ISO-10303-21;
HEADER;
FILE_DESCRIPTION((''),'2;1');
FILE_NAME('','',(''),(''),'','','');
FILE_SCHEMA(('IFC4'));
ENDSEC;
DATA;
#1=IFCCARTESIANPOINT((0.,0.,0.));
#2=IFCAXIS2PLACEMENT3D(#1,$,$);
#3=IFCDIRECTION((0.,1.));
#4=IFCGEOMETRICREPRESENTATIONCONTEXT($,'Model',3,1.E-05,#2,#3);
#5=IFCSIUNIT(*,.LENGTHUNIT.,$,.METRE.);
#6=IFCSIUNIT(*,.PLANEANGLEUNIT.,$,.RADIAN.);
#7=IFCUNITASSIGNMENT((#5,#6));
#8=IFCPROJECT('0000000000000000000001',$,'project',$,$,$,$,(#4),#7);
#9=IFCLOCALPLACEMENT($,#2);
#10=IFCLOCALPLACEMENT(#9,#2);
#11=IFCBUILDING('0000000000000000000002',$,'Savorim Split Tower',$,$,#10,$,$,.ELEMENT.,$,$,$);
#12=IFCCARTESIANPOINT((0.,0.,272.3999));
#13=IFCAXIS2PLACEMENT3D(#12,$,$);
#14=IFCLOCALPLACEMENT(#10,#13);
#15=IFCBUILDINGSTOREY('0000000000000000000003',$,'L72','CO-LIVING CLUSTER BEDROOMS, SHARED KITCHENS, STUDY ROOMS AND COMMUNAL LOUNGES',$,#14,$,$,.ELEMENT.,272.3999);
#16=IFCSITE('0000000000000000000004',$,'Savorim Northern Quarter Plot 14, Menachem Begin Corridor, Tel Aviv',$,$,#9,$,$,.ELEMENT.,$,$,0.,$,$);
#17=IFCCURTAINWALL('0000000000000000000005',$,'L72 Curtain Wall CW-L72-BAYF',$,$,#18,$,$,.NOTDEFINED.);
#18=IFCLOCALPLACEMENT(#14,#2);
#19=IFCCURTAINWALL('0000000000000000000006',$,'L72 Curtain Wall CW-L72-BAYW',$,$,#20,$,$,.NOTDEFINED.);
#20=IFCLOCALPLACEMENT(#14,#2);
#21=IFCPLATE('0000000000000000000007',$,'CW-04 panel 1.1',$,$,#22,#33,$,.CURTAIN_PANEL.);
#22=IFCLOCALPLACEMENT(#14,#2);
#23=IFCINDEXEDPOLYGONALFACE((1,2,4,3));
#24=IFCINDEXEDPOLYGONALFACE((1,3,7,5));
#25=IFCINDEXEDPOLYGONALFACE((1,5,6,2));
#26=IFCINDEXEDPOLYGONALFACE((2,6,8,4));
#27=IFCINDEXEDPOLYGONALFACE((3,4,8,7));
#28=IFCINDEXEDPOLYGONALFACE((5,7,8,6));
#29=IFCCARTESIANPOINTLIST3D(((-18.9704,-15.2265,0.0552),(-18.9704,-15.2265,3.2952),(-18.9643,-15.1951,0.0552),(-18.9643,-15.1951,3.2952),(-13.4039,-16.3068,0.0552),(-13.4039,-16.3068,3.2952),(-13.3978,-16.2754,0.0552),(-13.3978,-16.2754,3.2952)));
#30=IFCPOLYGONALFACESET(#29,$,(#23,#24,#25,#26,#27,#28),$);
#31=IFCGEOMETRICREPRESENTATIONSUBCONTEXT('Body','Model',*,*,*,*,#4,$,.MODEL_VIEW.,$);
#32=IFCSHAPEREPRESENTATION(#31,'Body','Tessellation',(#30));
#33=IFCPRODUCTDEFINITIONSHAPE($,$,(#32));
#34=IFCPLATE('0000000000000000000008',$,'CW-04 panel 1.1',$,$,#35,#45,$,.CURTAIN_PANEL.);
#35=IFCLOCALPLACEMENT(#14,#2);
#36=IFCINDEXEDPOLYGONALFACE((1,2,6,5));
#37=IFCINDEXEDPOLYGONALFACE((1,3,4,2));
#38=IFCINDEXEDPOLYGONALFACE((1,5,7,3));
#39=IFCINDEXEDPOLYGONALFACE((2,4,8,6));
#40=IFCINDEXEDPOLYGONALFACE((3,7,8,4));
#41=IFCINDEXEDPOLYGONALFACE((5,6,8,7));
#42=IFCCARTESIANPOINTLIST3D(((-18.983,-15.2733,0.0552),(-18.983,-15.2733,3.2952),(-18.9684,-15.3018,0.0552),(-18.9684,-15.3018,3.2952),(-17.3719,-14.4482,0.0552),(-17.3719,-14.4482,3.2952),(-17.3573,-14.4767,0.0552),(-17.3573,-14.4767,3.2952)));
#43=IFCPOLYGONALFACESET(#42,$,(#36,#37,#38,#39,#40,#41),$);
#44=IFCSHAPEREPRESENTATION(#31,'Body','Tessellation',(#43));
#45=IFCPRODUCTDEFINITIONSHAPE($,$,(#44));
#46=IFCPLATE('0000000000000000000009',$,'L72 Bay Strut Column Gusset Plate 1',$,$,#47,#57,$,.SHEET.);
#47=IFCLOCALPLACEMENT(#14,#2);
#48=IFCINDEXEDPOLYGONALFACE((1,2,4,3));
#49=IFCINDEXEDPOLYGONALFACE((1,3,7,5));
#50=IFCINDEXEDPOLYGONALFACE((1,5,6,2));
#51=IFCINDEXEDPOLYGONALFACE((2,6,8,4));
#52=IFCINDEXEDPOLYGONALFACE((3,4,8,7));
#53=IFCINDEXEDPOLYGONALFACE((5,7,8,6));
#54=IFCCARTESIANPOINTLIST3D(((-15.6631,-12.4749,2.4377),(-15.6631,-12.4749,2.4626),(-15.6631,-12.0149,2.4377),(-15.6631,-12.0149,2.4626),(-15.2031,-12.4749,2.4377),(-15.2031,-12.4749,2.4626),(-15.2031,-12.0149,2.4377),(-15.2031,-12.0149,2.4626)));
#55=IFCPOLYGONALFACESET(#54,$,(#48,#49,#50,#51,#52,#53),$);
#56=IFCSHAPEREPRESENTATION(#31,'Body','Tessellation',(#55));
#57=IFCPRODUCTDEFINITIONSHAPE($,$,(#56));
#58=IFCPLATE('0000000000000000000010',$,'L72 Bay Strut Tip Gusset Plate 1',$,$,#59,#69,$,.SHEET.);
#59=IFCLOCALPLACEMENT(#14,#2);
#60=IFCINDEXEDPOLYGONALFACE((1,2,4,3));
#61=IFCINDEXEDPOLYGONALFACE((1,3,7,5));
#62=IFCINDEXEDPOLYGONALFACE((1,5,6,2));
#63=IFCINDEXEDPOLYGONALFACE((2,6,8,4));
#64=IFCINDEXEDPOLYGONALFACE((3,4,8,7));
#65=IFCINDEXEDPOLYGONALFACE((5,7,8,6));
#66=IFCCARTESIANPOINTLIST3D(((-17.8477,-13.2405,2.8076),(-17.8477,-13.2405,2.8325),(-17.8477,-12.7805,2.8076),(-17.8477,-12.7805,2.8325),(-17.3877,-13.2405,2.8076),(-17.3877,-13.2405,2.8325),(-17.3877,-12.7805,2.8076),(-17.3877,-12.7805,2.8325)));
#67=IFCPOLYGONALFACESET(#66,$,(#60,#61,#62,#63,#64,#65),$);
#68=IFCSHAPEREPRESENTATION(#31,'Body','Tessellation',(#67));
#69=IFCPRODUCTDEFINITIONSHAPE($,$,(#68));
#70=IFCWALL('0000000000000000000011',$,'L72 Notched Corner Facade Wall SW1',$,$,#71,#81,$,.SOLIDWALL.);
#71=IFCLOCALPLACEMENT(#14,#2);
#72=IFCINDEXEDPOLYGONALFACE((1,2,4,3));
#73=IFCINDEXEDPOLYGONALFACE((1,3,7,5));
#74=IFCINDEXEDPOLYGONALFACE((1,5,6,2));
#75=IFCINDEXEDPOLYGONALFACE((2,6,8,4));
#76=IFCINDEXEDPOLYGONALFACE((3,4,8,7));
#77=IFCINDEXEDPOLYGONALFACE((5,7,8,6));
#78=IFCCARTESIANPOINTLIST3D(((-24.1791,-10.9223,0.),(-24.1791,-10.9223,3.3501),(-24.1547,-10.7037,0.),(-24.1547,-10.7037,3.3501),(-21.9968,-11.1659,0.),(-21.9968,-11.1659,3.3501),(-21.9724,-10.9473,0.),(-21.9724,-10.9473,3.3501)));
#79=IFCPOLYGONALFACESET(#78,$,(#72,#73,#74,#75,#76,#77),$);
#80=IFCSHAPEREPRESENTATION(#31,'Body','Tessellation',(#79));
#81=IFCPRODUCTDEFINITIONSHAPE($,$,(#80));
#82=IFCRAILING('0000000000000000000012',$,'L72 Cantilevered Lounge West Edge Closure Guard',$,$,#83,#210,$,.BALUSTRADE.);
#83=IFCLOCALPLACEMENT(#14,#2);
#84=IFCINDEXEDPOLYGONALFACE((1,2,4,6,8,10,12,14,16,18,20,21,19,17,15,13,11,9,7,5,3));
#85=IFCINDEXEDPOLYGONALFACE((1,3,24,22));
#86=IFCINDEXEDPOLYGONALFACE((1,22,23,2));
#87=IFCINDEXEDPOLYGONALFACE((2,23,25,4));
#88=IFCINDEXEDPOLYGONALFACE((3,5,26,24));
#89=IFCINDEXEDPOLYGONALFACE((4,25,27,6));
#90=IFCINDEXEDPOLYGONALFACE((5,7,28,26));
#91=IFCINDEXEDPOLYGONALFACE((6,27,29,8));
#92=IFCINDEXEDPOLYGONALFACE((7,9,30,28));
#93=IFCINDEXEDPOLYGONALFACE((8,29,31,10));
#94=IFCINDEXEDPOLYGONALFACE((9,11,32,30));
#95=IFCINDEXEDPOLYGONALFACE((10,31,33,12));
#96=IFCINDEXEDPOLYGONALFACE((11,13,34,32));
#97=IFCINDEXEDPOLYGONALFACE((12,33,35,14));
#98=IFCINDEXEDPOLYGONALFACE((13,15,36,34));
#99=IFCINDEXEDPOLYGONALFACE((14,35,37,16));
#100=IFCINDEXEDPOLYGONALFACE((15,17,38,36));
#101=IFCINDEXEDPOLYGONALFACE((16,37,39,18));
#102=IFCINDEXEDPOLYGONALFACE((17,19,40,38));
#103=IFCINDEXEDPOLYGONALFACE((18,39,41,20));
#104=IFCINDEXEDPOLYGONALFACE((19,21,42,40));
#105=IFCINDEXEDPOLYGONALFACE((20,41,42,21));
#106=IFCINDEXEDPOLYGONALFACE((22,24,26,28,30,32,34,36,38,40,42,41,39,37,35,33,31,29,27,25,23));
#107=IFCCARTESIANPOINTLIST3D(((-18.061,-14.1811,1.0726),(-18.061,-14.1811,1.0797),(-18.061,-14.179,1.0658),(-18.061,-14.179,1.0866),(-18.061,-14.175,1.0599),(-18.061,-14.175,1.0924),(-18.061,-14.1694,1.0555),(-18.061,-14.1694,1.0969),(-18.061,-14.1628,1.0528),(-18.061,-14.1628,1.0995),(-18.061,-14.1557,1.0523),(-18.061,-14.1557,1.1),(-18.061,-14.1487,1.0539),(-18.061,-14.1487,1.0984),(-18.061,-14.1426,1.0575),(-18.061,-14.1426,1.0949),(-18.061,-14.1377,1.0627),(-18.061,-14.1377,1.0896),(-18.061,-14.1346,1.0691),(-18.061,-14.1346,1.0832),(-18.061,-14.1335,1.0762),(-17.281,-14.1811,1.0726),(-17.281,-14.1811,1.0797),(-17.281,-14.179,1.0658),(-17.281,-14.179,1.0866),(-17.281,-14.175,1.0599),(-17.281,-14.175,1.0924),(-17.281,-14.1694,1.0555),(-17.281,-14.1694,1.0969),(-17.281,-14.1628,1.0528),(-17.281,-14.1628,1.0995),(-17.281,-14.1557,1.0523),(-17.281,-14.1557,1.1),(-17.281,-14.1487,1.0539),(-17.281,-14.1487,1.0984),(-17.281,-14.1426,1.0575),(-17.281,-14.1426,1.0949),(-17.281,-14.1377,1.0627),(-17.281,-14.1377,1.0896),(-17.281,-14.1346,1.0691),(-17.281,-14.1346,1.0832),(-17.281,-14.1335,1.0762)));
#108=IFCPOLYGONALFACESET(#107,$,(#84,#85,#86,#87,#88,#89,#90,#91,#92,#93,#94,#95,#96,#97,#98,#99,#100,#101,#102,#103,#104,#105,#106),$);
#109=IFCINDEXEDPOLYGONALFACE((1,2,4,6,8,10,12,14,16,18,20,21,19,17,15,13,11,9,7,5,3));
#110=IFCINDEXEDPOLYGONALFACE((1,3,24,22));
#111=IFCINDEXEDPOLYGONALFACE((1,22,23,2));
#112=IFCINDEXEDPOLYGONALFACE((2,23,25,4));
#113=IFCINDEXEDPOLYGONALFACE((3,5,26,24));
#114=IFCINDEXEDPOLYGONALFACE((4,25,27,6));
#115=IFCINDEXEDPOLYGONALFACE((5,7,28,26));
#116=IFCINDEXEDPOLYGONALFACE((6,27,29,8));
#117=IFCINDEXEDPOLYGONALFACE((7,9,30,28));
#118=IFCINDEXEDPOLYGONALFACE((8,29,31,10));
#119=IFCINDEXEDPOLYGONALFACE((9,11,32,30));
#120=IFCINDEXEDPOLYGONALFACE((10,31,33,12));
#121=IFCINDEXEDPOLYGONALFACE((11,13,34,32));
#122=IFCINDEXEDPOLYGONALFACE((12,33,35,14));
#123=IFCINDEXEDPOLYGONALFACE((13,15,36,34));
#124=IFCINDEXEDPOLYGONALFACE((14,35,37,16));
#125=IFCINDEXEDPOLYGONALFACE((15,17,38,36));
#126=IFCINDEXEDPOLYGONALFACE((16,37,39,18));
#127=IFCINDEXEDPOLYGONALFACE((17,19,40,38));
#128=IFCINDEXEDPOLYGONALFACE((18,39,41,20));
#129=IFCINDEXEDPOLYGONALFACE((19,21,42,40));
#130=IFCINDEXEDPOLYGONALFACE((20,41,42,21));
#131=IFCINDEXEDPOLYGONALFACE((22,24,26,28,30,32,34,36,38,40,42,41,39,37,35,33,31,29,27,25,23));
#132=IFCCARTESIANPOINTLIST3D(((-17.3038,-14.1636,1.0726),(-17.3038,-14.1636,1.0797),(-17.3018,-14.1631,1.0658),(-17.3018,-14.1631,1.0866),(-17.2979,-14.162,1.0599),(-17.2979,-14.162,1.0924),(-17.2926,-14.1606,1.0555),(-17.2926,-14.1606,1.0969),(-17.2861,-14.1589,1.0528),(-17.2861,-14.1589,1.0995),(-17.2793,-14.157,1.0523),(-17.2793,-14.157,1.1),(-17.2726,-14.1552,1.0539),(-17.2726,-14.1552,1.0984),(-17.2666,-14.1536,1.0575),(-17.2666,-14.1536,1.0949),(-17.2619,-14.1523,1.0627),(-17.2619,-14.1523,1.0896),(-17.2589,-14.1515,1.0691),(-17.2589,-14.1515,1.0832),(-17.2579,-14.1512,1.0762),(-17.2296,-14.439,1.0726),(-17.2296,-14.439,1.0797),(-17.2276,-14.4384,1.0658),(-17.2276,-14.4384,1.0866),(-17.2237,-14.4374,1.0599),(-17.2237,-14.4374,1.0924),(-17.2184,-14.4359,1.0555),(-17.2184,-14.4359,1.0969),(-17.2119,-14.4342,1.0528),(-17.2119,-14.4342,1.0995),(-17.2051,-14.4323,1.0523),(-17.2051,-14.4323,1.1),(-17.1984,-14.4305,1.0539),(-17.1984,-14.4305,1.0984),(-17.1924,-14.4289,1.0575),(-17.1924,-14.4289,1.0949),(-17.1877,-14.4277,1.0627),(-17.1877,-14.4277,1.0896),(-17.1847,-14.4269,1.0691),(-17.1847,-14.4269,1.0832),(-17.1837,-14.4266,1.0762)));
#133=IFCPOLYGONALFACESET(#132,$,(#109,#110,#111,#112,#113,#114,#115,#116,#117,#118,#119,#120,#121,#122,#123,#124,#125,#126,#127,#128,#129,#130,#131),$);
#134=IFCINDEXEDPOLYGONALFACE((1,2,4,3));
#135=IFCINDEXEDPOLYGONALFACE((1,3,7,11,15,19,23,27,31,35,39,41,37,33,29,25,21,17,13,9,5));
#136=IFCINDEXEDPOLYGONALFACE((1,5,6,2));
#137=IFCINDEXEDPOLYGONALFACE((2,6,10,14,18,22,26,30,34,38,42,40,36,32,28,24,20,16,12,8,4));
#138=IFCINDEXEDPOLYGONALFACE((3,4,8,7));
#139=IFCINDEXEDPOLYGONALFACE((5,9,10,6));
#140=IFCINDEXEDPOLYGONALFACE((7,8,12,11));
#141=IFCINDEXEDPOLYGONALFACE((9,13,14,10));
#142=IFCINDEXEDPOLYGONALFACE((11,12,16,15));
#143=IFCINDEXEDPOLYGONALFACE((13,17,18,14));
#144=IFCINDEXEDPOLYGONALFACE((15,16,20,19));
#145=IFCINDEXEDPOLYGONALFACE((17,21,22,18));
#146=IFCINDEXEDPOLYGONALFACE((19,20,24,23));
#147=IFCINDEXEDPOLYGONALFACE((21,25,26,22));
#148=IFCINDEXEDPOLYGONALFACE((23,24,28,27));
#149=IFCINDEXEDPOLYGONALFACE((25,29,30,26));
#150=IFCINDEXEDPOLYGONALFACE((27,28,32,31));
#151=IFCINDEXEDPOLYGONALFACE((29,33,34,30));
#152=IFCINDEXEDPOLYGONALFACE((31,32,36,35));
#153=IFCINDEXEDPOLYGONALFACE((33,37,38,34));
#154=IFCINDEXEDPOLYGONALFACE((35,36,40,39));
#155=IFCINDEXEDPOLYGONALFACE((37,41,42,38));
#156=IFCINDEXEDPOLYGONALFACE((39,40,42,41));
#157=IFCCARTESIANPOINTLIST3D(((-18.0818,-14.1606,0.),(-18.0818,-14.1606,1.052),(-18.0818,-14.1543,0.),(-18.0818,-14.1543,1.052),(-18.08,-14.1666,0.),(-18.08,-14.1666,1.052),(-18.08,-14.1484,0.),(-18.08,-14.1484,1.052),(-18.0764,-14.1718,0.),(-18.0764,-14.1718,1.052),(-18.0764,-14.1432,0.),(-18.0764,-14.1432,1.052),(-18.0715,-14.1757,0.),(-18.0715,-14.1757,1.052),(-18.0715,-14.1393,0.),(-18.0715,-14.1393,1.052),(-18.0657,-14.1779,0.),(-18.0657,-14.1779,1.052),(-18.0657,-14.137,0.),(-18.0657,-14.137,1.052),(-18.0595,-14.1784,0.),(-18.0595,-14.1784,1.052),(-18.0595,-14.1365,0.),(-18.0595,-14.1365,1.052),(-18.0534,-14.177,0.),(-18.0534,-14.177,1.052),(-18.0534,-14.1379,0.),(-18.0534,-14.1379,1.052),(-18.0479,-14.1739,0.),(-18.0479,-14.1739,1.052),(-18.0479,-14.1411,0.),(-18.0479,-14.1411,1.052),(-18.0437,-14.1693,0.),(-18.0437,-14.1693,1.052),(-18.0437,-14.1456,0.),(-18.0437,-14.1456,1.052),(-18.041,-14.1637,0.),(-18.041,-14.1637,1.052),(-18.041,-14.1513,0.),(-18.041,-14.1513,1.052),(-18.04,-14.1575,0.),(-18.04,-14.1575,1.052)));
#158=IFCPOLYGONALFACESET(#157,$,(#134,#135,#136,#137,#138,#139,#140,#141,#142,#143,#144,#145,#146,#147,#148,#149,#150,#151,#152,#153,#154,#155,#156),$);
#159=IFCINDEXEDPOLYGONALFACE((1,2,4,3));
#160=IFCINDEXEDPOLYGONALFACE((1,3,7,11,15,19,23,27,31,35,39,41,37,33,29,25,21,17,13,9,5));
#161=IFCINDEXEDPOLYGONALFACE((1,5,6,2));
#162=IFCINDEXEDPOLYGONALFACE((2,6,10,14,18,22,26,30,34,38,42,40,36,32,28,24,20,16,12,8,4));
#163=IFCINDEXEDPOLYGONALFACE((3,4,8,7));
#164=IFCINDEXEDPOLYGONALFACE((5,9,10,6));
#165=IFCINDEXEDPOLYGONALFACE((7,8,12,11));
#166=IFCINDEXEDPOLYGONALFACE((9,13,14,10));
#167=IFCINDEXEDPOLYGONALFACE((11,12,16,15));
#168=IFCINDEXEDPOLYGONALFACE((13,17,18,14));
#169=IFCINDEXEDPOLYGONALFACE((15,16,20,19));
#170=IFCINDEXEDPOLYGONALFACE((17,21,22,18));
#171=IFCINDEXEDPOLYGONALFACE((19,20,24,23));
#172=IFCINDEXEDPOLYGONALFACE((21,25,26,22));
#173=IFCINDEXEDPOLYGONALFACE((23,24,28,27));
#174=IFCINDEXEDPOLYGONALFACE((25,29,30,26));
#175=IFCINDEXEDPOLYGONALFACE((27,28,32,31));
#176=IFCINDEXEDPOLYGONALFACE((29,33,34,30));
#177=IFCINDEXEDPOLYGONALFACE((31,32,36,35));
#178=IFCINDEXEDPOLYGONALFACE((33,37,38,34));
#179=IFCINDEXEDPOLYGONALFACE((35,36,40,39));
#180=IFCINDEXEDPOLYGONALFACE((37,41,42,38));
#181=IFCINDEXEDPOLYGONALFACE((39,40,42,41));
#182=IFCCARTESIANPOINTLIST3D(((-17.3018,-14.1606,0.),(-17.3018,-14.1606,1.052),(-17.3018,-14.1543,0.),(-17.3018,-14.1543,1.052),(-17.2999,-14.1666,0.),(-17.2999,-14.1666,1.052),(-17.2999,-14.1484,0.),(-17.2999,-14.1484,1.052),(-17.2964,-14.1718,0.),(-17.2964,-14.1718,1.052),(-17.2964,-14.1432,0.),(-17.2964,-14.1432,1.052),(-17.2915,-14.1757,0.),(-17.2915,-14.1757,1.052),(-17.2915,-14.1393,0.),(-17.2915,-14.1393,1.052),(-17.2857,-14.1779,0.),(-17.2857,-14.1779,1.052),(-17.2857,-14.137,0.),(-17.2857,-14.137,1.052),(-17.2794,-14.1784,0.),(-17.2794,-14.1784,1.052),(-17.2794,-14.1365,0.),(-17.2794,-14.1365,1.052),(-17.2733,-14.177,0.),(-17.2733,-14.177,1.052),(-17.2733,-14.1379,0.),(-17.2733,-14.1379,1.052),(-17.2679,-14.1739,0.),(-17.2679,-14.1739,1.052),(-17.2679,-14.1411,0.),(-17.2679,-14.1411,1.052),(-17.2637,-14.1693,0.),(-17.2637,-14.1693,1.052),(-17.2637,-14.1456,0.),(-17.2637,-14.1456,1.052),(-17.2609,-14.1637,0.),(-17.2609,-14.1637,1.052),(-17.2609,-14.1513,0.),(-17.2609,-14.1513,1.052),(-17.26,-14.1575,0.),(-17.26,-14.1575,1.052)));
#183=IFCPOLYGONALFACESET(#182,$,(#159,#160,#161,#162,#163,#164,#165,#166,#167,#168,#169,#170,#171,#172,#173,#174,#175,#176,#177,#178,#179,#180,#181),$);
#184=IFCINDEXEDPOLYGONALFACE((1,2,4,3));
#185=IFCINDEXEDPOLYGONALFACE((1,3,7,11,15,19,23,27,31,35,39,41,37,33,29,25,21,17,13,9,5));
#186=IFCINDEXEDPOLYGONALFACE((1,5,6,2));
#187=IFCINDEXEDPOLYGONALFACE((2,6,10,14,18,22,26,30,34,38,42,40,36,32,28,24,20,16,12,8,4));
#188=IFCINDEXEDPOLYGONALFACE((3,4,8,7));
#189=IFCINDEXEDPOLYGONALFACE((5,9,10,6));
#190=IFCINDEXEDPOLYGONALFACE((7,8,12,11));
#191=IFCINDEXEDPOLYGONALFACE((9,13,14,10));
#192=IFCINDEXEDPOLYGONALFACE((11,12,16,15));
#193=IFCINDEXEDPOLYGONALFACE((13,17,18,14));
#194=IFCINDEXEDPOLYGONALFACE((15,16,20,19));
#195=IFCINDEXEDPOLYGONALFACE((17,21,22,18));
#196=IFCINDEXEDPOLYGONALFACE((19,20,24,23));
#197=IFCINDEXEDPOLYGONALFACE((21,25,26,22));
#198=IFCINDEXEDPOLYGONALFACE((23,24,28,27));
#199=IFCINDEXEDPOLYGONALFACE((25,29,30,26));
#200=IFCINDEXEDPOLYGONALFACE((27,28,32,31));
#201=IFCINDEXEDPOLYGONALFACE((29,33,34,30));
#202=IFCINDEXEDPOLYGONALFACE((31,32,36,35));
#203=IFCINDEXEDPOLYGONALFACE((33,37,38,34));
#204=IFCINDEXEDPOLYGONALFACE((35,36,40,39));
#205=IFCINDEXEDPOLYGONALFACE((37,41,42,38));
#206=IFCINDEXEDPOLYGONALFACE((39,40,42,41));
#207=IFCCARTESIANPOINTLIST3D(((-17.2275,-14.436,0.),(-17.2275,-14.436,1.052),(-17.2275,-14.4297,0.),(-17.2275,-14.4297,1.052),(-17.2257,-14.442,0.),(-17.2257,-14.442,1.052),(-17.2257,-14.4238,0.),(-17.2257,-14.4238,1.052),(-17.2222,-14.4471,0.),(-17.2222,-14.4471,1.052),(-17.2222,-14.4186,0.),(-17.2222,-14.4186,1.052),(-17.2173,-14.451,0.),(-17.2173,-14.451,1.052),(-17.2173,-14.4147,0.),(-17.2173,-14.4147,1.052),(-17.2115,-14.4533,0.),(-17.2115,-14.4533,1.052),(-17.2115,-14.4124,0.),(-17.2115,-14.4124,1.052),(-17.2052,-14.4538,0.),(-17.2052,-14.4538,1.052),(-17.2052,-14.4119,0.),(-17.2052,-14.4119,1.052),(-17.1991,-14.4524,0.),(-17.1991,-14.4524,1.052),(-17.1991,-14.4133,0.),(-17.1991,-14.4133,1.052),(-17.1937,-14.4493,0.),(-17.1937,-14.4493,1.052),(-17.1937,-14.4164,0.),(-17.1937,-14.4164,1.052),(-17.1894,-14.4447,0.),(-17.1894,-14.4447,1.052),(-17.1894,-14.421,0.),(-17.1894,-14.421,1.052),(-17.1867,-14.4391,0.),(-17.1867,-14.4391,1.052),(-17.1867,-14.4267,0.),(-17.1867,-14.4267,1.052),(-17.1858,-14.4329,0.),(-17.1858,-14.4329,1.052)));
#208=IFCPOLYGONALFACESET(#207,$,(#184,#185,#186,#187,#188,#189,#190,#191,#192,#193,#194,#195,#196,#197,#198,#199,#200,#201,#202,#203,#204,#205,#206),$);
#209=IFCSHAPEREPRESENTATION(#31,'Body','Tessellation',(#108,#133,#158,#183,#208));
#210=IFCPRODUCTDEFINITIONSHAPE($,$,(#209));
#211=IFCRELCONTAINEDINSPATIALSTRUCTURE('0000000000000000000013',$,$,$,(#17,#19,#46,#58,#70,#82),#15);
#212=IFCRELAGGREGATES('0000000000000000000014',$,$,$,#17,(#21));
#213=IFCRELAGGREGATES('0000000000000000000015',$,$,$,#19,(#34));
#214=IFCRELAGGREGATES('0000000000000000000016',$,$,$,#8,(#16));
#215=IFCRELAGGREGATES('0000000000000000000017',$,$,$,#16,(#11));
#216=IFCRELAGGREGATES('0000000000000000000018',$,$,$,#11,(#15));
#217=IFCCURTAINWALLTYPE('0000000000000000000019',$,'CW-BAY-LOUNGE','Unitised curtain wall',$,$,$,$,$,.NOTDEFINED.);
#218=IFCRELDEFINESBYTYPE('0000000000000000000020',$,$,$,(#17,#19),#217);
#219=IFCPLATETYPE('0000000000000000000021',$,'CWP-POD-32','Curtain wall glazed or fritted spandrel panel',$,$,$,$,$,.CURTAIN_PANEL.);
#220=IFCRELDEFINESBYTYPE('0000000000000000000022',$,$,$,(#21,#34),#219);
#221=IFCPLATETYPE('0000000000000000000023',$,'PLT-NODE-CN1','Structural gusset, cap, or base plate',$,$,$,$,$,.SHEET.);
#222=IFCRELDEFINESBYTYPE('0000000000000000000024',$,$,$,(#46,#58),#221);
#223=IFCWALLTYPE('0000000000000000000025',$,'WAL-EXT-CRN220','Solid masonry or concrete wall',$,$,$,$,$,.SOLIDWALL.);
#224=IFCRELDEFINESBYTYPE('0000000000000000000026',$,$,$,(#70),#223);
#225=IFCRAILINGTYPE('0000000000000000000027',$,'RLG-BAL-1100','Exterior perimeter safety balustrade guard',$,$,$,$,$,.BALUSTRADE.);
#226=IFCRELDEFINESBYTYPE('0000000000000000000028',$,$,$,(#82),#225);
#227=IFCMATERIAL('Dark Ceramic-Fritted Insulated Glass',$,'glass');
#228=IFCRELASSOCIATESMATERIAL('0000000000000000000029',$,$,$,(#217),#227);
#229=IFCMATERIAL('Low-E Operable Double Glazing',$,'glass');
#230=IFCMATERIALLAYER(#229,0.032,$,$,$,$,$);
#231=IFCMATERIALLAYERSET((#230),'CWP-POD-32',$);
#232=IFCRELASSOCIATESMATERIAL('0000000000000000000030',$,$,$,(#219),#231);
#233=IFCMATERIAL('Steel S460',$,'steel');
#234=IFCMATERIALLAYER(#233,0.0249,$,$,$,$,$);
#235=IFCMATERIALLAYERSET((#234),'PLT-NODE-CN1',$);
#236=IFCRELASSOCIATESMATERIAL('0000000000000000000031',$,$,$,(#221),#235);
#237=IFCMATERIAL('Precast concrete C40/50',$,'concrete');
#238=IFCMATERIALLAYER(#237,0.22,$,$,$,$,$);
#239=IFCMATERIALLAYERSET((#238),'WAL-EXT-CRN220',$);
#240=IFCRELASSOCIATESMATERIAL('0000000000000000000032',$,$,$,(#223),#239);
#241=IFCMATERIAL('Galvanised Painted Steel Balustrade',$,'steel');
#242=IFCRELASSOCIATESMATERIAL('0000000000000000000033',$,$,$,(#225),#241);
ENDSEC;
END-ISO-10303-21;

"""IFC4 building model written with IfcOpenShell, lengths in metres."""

from ifc_helpers import new_model, si_unit, direction, frame, frame_2d, origin, origin_2d, place, context, subcontext, project, spatial, rectangle, circle, extrude, material, layer, layer_set, type_object, element, aggregate, save


model = new_model("IFC4")

# Units and contexts
model_context = context("Model", 3, precision=1e-05, world=origin(), true_north=direction((0.0, 1.0)))
body_context = subcontext(model_context, "Body", "Model", "MODEL_VIEW")
ifc_project = project(units=[si_unit("LENGTHUNIT", "METRE"), si_unit("PLANEANGLEUNIT", "RADIAN")], contexts=[model_context])

# Site, building, storey
site_placement = place(None, origin())
site = spatial("IfcSite", under=ifc_project, at=site_placement, Name="Savorim Northern Quarter Plot 14, Menachem Begin Corridor, Tel Aviv", CompositionType="ELEMENT", RefElevation=0.0)
building_placement = place(site_placement, origin())
building = spatial("IfcBuilding", under=site, at=building_placement, Name="Savorim Split Tower", CompositionType="ELEMENT")
storey_placement = place(building_placement, frame((0.0, 0.0, 272.3999)))
storey = spatial("IfcBuildingStorey", under=building, at=storey_placement, Name="L72", Description="CO-LIVING CLUSTER BEDROOMS, SHARED KITCHENS, STUDY ROOMS AND COMMUNAL LOUNGES", CompositionType="ELEMENT", Elevation=272.3999)

# Shared definitions
ifc_material_1 = material(Name="Dark Ceramic-Fritted Insulated Glass", Category="glass")

# Curtain walls
curtain_wall_type_1 = type_object("IfcCurtainWallType", Name="CW-BAY-LOUNGE", Description="Unitised curtain wall", PredefinedType="NOTDEFINED", material=ifc_material_1)
curtain_wall_1_placement = place(storey_placement, origin())
curtain_wall_1 = element("IfcCurtainWall", 1, at=curtain_wall_1_placement, inside=storey, type_object=curtain_wall_type_1, Name="L72 Curtain Wall CW-L72-BAYF", PredefinedType="NOTDEFINED")
curtain_wall_2_placement = place(storey_placement, origin())
curtain_wall_2 = element("IfcCurtainWall", 2, at=curtain_wall_2_placement, inside=storey, type_object=curtain_wall_type_1, Name="L72 Curtain Wall CW-L72-BAYW", PredefinedType="NOTDEFINED")

# Plates
ifc_material_2 = material(Name="Low-E Operable Double Glazing", Category="glass")
ifc_layer_1 = layer(ifc_material_2, 0.032)
ifc_layer_set_1 = layer_set([ifc_layer_1], Name="CWP-POD-32")
plate_type_1 = type_object("IfcPlateType", Name="CWP-POD-32", Description="Curtain wall glazed or fritted spandrel panel", PredefinedType="CURTAIN_PANEL", material=ifc_layer_set_1)
plate_1_placement = place(storey_placement, frame((-16.1841, -15.751, 0.0552), z_axis=(0.0, 0.0, 1.0), x_axis=(0.981683, -0.19052, 0.0)))
plate_1 = element("IfcPlate", 3, at=plate_1_placement, type_object=plate_type_1, Name="CW-04 panel 1.1", PredefinedType="CURTAIN_PANEL", context=body_context, shape_type="SweptSolid", body=[
    extrude(rectangle(XDim=5.6704, YDim=0.032, at=origin_2d()), origin(), (0.0, 0.0, 1.0), 3.24),
])
aggregate(curtain_wall_1, [plate_1])
plate_2_placement = place(storey_placement, frame((-18.1702, -14.875, 0.0552), z_axis=(0.0, 0.0, 1.0), x_axis=(-0.890066, -0.455832, 0.0)))
plate_2 = element("IfcPlate", 4, at=plate_2_placement, type_object=plate_type_1, Name="CW-04 panel 1.1", PredefinedType="CURTAIN_PANEL", context=body_context, shape_type="SweptSolid", body=[
    extrude(rectangle(XDim=1.8101, YDim=0.032, at=origin_2d()), origin(), (0.0, 0.0, 1.0), 3.24),
])
aggregate(curtain_wall_2, [plate_2])

# Plates
ifc_material_3 = material(Name="Steel S460", Category="steel")
ifc_layer_2 = layer(ifc_material_3, 0.0249)
ifc_layer_set_2 = layer_set([ifc_layer_2], Name="PLT-NODE-CN1")
plate_type_2 = type_object("IfcPlateType", Name="PLT-NODE-CN1", Description="Structural gusset, cap, or base plate", PredefinedType="SHEET", material=ifc_layer_set_2)
for number, where, z_axis, x_axis, name in (
    (5, (-15.4331, -12.2449, 2.4377), (0.0, 0.0, 1.0), (1.0, 0.0, 0.0), "L72 Bay Strut Column Gusset Plate 1"),
    (6, (-17.6177, -13.0105, 2.8076), (0.0, 0.0, 1.0), (1.0, 0.0, 0.0), "L72 Bay Strut Tip Gusset Plate 1"),
):
    element("IfcPlate", number, at=place(storey_placement, frame(where, z_axis=z_axis, x_axis=x_axis)), inside=storey, type_object=plate_type_2, Name=name, PredefinedType="SHEET", context=body_context, shape_type="SweptSolid", body=[
        extrude(rectangle(XDim=0.46, YDim=0.46, at=origin_2d()), origin(), (0.0, 0.0, 1.0), 0.0249),
    ])

# Wall
ifc_material_4 = material(Name="Precast concrete C40/50", Category="concrete")
ifc_layer_3 = layer(ifc_material_4, 0.22)
ifc_layer_set_3 = layer_set([ifc_layer_3], Name="WAL-EXT-CRN220")
wall_type = type_object("IfcWallType", Name="WAL-EXT-CRN220", Description="Solid masonry or concrete wall", PredefinedType="SOLIDWALL", material=ifc_layer_set_3)
wall_1_placement = place(storey_placement, frame((-21.9846, -11.0566, 0.0), z_axis=(0.0, 0.0, 1.0), x_axis=(-0.993824, 0.110968, 0.0)))
element("IfcWall", 7, at=wall_1_placement, inside=storey, type_object=wall_type, Name="L72 Notched Corner Facade Wall SW1", PredefinedType="SOLIDWALL", context=body_context, shape_type="SweptSolid", body=[
    extrude(rectangle(XDim=2.1958, YDim=0.22, at=frame_2d((1.0979, 0.0))), origin(), (0.0, 0.0, 1.0), 3.3501),
])

# Railing
ifc_material_5 = material(Name="Galvanised Painted Steel Balustrade", Category="steel")
railing_type = type_object("IfcRailingType", Name="RLG-BAL-1100", Description="Exterior perimeter safety balustrade guard", PredefinedType="BALUSTRADE", material=ifc_material_5)
railing_1_placement = place(storey_placement, frame((-18.061, -14.1575, 0.0)))
element("IfcRailing", 8, at=railing_1_placement, inside=storey, type_object=railing_type, Name="L72 Cantilevered Lounge West Edge Closure Guard", PredefinedType="BALUSTRADE", context=body_context, shape_type="SweptSolid", body=[
    extrude(circle(Radius=0.0239, at=origin_2d()), frame((0.0, 0.0, 1.0762), z_axis=(1.0, 0.0, 0.0), x_axis=(0.0, 1.0, 0.0)), (0.0, 0.0, 1.0), 0.78),
    extrude(circle(Radius=0.0239, at=origin_2d()), frame((0.78, 0.0, 1.0762), z_axis=(0.260219, -0.96555, 0.0), x_axis=(0.96555, 0.260219, 0.0)), (0.0, 0.0, 1.0), 0.2852),
    extrude(circle(Radius=0.021, at=origin_2d()), origin(), (0.0, 0.0, 1.0), 1.052),
    extrude(circle(Radius=0.021, at=origin_2d()), frame((0.78, 0.0, 0.0)), (0.0, 0.0, 1.0), 1.052),
    extrude(circle(Radius=0.021, at=origin_2d()), frame((0.8542, -0.2754, 0.0)), (0.0, 0.0, 1.0), 1.052),
])

save(model, "model.ifc")
